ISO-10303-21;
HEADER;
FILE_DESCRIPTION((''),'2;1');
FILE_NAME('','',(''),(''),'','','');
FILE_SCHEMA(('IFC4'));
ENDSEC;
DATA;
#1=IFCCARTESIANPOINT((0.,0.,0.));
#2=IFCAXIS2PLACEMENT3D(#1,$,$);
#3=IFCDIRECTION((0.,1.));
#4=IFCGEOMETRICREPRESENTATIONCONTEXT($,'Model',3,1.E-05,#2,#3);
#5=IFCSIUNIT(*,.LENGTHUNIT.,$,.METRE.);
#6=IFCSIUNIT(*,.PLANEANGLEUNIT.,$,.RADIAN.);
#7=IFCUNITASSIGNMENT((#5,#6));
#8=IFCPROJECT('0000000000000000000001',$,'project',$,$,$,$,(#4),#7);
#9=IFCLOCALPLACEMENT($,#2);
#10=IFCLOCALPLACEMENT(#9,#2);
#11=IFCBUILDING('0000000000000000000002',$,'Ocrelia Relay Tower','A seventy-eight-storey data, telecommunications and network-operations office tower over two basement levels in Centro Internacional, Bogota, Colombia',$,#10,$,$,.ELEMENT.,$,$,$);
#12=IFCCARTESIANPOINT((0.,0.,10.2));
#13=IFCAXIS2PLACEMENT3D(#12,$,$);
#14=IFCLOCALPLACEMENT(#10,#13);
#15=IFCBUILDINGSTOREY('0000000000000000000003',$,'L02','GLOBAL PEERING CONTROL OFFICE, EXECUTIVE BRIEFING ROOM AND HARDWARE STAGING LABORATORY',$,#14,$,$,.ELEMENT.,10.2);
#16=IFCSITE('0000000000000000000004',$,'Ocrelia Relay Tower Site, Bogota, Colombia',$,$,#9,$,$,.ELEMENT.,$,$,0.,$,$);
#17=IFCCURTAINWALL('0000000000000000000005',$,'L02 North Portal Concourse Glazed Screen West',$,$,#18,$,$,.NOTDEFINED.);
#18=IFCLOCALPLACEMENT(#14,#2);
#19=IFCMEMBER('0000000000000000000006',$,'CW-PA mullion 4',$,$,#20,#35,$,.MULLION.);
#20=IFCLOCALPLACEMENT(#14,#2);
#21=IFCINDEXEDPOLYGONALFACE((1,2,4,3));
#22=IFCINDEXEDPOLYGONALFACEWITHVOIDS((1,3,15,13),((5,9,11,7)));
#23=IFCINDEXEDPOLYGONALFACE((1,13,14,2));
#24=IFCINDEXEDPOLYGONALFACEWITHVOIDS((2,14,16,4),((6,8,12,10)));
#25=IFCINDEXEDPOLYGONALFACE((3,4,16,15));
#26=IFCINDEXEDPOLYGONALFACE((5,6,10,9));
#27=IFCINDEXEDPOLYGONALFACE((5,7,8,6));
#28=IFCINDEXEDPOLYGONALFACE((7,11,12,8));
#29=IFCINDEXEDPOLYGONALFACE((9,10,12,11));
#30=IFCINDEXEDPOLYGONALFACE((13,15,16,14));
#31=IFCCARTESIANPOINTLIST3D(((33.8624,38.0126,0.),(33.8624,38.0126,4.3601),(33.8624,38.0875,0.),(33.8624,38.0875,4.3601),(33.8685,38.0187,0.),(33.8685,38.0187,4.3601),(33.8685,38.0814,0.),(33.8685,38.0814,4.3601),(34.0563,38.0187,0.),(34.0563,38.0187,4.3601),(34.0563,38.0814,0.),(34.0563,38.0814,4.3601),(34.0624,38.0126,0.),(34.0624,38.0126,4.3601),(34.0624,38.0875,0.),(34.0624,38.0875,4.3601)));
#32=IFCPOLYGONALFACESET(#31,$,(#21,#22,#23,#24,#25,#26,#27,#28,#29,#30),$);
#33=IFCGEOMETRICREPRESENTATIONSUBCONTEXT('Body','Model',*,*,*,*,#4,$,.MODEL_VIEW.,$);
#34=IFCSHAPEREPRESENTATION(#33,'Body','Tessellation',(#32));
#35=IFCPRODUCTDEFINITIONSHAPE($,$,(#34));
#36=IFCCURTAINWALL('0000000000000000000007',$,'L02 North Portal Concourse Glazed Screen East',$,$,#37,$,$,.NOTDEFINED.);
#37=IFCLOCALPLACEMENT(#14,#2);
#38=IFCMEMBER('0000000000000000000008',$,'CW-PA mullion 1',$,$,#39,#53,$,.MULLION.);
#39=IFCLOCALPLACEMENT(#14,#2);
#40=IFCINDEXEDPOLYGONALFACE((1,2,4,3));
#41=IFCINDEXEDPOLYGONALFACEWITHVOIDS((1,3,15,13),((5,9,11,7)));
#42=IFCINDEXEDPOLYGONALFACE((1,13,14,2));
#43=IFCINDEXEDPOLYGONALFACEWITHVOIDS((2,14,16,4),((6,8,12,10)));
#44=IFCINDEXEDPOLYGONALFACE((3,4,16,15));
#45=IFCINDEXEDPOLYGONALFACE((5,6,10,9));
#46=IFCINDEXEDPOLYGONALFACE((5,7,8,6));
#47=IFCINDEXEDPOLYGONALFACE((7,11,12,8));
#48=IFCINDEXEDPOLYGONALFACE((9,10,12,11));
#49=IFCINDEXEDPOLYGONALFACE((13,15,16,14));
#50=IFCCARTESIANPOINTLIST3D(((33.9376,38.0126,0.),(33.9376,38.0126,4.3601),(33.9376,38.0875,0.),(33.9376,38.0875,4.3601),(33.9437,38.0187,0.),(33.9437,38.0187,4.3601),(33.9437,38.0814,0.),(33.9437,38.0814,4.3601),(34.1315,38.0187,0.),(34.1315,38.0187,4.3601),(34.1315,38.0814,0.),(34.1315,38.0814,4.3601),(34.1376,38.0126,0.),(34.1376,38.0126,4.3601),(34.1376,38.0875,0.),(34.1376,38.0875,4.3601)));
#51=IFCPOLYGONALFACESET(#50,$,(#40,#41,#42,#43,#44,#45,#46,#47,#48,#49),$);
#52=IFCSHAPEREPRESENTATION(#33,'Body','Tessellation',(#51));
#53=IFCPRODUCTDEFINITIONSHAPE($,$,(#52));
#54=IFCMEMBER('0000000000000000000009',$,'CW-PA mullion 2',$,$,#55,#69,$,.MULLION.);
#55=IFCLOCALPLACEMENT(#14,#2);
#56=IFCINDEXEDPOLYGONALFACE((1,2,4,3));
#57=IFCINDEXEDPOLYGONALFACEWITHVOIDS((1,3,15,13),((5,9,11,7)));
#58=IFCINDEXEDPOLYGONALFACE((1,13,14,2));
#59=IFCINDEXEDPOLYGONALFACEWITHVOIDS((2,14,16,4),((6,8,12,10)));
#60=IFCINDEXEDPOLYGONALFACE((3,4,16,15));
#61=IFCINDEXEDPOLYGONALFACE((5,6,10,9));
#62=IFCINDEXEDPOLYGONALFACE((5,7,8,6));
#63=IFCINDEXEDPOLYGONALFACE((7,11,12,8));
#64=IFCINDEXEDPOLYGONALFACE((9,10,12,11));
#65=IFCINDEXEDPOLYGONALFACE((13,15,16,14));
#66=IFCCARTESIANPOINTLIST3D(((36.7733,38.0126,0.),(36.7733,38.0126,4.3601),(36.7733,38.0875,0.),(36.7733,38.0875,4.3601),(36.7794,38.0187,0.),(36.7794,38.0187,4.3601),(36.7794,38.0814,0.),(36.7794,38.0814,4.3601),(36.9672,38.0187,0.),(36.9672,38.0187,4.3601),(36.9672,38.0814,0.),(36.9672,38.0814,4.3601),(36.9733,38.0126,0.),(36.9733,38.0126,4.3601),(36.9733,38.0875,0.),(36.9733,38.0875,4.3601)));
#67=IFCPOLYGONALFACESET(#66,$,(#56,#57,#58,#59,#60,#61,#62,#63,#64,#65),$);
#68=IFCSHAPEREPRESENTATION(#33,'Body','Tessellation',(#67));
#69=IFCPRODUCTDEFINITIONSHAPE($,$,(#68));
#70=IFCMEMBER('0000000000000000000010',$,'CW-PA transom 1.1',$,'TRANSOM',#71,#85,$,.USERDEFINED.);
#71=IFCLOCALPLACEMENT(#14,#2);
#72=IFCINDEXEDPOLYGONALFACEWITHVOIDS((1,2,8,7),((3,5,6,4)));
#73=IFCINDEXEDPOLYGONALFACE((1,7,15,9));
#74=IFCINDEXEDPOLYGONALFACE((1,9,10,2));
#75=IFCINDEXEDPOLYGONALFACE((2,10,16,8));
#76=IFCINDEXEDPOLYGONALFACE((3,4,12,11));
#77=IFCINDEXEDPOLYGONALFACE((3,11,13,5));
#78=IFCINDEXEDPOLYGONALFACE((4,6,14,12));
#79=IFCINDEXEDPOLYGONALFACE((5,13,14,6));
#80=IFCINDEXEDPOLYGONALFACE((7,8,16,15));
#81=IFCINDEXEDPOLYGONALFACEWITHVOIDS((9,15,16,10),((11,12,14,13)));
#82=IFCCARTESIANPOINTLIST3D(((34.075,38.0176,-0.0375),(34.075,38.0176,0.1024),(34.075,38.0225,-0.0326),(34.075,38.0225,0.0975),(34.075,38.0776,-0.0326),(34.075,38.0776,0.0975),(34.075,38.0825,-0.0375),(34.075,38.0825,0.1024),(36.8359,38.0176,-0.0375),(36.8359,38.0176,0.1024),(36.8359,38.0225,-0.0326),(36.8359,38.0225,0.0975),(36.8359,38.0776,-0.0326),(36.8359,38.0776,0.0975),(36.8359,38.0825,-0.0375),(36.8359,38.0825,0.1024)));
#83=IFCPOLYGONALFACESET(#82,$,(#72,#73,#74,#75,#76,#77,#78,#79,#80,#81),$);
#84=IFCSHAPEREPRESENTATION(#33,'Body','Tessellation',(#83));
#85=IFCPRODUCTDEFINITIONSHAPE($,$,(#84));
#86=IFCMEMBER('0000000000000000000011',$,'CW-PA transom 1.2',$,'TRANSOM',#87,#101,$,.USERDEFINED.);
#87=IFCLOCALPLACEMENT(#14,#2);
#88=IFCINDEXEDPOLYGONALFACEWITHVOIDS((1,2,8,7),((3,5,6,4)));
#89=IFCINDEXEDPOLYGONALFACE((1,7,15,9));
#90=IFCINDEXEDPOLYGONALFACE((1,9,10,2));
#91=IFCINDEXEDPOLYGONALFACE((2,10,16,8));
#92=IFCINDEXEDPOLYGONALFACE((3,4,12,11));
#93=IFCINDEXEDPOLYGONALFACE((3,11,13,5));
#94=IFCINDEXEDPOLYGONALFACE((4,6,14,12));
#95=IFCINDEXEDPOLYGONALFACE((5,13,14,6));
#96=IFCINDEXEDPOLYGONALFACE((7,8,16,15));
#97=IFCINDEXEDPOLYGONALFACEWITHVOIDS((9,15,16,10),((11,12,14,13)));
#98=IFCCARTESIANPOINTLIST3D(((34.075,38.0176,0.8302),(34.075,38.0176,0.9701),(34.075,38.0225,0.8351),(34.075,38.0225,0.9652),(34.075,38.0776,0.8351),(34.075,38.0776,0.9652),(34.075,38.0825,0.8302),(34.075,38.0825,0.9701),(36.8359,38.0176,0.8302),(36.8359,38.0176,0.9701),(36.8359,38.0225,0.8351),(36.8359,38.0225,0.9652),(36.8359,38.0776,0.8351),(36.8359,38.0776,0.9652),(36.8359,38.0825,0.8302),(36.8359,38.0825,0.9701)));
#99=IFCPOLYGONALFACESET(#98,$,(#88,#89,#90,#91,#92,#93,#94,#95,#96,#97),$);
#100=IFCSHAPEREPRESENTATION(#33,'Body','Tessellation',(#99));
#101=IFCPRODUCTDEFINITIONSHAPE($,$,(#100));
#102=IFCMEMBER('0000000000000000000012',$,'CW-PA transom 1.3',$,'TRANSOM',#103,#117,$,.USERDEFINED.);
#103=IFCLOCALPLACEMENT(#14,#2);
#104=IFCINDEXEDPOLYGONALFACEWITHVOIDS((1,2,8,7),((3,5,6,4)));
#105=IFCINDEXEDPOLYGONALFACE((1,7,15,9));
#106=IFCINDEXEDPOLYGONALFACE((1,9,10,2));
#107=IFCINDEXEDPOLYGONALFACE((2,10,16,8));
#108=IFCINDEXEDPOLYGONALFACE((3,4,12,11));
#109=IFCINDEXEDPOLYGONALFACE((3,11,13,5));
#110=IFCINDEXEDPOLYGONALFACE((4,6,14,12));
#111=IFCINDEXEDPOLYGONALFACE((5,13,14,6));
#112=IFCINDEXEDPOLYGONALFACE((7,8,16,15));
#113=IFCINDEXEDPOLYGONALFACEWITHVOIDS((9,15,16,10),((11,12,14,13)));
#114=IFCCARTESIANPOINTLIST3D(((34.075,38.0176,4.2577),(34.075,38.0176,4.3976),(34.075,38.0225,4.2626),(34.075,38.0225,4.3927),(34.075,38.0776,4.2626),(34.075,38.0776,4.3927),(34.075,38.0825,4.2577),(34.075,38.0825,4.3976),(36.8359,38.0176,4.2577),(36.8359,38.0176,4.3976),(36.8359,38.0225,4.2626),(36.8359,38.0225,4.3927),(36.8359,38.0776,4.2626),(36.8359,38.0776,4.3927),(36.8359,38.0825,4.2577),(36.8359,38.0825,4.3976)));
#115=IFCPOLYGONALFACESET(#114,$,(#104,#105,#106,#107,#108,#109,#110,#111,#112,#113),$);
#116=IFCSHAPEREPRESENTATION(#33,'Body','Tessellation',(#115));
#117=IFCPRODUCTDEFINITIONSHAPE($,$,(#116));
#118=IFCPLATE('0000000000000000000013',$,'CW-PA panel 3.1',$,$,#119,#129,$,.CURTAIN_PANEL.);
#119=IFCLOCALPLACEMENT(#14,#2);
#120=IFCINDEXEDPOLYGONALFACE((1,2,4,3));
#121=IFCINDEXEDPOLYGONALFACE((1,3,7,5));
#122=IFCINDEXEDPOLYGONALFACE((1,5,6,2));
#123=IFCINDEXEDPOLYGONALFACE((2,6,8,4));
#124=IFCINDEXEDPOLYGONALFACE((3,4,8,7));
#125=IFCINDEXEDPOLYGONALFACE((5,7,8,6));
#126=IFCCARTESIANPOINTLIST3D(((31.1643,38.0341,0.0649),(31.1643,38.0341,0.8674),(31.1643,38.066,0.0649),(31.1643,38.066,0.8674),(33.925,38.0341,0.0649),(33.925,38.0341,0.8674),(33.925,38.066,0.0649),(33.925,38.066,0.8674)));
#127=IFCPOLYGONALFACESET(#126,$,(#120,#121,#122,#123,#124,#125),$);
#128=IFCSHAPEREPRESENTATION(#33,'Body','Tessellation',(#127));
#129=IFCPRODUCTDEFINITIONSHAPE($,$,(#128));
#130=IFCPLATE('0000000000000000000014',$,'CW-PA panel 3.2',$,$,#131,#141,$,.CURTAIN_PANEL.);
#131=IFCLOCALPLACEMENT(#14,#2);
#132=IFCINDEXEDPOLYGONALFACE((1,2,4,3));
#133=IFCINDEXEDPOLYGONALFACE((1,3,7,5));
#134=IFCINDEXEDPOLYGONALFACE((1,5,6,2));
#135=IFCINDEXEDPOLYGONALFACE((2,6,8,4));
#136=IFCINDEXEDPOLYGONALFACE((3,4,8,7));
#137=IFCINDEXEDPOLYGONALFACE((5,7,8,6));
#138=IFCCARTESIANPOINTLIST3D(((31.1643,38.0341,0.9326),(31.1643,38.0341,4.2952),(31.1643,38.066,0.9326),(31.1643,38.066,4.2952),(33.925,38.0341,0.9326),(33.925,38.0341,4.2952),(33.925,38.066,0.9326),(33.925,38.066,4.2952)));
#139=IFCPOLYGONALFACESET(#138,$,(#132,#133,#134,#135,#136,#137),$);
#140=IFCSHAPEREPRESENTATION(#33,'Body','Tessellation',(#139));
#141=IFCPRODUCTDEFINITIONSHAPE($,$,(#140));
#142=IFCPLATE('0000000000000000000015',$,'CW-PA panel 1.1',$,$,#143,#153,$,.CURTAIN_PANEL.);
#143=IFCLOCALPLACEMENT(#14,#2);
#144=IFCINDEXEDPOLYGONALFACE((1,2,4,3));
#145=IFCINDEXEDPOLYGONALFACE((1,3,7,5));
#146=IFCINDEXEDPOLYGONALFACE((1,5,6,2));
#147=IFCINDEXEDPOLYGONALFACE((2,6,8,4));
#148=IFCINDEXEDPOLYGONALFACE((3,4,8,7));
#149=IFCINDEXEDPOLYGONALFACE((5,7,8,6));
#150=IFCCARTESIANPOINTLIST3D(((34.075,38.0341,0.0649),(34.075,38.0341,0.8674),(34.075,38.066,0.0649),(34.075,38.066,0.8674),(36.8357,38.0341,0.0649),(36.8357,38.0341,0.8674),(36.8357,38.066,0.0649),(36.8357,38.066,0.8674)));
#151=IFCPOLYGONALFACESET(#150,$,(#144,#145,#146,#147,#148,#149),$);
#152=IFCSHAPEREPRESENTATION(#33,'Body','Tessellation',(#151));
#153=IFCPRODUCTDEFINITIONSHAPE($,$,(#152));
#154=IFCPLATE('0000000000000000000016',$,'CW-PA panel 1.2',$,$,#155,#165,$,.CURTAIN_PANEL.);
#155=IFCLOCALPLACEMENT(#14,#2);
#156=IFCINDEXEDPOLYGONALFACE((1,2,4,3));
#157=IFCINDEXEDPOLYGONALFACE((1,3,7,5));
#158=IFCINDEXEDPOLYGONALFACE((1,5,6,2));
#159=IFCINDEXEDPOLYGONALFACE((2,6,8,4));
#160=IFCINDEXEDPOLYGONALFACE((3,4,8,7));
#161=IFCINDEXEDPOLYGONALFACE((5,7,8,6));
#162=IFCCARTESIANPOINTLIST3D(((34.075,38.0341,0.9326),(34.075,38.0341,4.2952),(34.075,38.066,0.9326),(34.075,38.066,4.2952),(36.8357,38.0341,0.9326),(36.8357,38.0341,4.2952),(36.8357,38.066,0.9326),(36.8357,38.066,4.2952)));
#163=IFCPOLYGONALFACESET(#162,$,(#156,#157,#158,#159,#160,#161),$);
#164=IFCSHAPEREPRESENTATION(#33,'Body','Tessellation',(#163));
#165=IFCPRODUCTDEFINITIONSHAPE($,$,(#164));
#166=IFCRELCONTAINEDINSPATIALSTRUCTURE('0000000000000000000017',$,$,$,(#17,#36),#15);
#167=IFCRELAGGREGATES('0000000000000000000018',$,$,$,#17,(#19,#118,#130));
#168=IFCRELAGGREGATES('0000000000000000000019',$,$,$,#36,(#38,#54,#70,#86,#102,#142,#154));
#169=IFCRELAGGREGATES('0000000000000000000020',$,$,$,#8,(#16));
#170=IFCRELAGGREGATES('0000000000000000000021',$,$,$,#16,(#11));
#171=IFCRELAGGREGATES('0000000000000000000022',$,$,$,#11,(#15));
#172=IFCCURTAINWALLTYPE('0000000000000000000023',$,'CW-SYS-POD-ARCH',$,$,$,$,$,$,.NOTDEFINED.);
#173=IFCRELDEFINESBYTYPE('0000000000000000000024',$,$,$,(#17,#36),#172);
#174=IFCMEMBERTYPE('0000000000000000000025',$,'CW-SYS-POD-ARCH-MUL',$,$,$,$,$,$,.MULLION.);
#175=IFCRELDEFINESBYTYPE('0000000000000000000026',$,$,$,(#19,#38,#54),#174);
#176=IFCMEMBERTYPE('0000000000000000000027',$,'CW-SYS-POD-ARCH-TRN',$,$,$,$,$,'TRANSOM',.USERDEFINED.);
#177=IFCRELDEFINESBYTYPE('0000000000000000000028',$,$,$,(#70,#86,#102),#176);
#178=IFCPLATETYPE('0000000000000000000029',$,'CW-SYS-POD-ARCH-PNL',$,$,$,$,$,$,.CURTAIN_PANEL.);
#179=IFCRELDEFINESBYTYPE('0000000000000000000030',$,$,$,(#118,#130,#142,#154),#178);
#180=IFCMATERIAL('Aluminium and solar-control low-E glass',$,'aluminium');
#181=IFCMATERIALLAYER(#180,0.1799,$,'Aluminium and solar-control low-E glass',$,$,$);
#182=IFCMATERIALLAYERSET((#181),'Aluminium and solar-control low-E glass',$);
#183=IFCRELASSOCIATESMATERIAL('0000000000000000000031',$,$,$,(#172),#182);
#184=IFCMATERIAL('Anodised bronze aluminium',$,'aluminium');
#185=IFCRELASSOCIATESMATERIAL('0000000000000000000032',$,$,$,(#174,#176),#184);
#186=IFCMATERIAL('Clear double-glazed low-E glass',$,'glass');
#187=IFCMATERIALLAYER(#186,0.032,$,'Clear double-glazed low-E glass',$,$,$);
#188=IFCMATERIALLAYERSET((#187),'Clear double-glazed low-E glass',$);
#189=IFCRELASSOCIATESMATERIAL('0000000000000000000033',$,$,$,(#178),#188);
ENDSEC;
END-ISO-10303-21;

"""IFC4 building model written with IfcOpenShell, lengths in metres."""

from ifc_helpers import new_model, si_unit, direction, frame, origin, origin_2d, place, context, subcontext, project, spatial, rectangle, hollow_rectangle, extrude, material, layer, layer_set, material_profile, profile_set, type_object, element, aggregate, save


model = new_model("IFC4")

# Units and contexts
model_context = context("Model", 3, precision=1e-05, world=origin(), true_north=direction((0.0, 1.0)))
body_context = subcontext(model_context, "Body", "Model", "MODEL_VIEW")
ifc_project = project(units=[si_unit("LENGTHUNIT", "METRE"), si_unit("PLANEANGLEUNIT", "RADIAN")], contexts=[model_context])

# Site, building, storey
site_placement = place(None, origin())
site = spatial("IfcSite", under=ifc_project, at=site_placement, Name="Ocrelia Relay Tower Site, Bogota, Colombia", CompositionType="ELEMENT", RefElevation=0.0)
building_placement = place(site_placement, origin())
building = spatial("IfcBuilding", under=site, at=building_placement, Name="Ocrelia Relay Tower", Description="A seventy-eight-storey data, telecommunications and network-operations office tower over two basement levels in Centro Internacional, Bogota, Colombia", CompositionType="ELEMENT")
storey_placement = place(building_placement, frame((0.0, 0.0, 10.2)))
storey = spatial("IfcBuildingStorey", under=building, at=storey_placement, Name="L02", Description="GLOBAL PEERING CONTROL OFFICE, EXECUTIVE BRIEFING ROOM AND HARDWARE STAGING LABORATORY", CompositionType="ELEMENT", Elevation=10.2)

# Curtain wall, member
ifc_material_1 = material(Name="Aluminium and solar-control low-E glass", Category="aluminium")
ifc_layer_1 = layer(ifc_material_1, 0.1799, Name="Aluminium and solar-control low-E glass")
ifc_layer_set_1 = layer_set([ifc_layer_1], Name="Aluminium and solar-control low-E glass")
curtain_wall_type = type_object("IfcCurtainWallType", Name="CW-SYS-POD-ARCH", PredefinedType="NOTDEFINED", material=ifc_layer_set_1)
curtain_wall_1_placement = place(storey_placement, origin())
curtain_wall_1 = element("IfcCurtainWall", 1, at=curtain_wall_1_placement, inside=storey, type_object=curtain_wall_type, Name="L02 North Portal Concourse Glazed Screen West", PredefinedType="NOTDEFINED")
ifc_material_2 = material(Name="Anodised bronze aluminium", Category="aluminium")
ifc_material_profile_1 = material_profile(ifc_material_2, hollow_rectangle(XDim=0.075, YDim=0.2, WallThickness=0.0061, at=origin_2d()), Name="CW-MUL-200x75")
ifc_profile_set_1 = profile_set([ifc_material_profile_1], Name="Anodised bronze aluminium")
member_type_1 = type_object("IfcMemberType", Name="CW-SYS-POD-ARCH-MUL", PredefinedType="MULLION", material=ifc_profile_set_1)
member_1_placement = place(storey_placement, frame((33.9624, 38.05, 0.0), z_axis=(0.0, 0.0, 1.0), x_axis=(0.0, 1.0, 0.0)))
member_1 = element("IfcMember", 2, at=member_1_placement, type_object=member_type_1, Name="CW-PA mullion 4", PredefinedType="MULLION", context=body_context, shape_type="SweptSolid", body=[
    extrude(hollow_rectangle(XDim=0.075, YDim=0.2, WallThickness=0.0061, at=origin_2d()), origin(), (0.0, 0.0, 1.0), 4.3601),
])

# Curtain wall, members
curtain_wall_2_placement = place(storey_placement, origin())
curtain_wall_2 = element("IfcCurtainWall", 3, at=curtain_wall_2_placement, inside=storey, type_object=curtain_wall_type, Name="L02 North Portal Concourse Glazed Screen East", PredefinedType="NOTDEFINED")
member_2_placement = place(storey_placement, frame((34.0376, 38.05, 0.0), z_axis=(0.0, 0.0, 1.0), x_axis=(0.0, 1.0, 0.0)))
member_2 = element("IfcMember", 4, at=member_2_placement, type_object=member_type_1, Name="CW-PA mullion 1", PredefinedType="MULLION", context=body_context, shape_type="SweptSolid", body=[
    extrude(hollow_rectangle(XDim=0.075, YDim=0.2, WallThickness=0.0061, at=origin_2d()), origin(), (0.0, 0.0, 1.0), 4.3601),
])
member_3_placement = place(storey_placement, frame((36.8733, 38.05, 0.0), z_axis=(0.0, 0.0, 1.0), x_axis=(0.0, 1.0, 0.0)))
member_3 = element("IfcMember", 5, at=member_3_placement, type_object=member_type_1, Name="CW-PA mullion 2", PredefinedType="MULLION", context=body_context, shape_type="SweptSolid", body=[
    extrude(hollow_rectangle(XDim=0.075, YDim=0.2, WallThickness=0.0061, at=origin_2d()), origin(), (0.0, 0.0, 1.0), 4.3601),
])
ifc_material_profile_2 = material_profile(ifc_material_2, hollow_rectangle(XDim=0.0649, YDim=0.1399, WallThickness=0.0049, at=origin_2d()), Name="CW-TRN-140x65")
ifc_profile_set_2 = profile_set([ifc_material_profile_2], Name="Anodised bronze aluminium")
member_type_2 = type_object("IfcMemberType", Name="CW-SYS-POD-ARCH-TRN", ElementType="TRANSOM", PredefinedType="USERDEFINED", material=ifc_profile_set_2)
member_4_placement = place(storey_placement, frame((34.075, 38.05, 0.0325), z_axis=(1.0, 0.0, 0.0), x_axis=(0.0, 1.0, 0.0)))
member_4 = element("IfcMember", 6, at=member_4_placement, type_object=member_type_2, Name="CW-PA transom 1.1", ObjectType="TRANSOM", PredefinedType="USERDEFINED", context=body_context, shape_type="SweptSolid", body=[
    extrude(hollow_rectangle(XDim=0.0649, YDim=0.1399, WallThickness=0.0049, at=origin_2d()), origin(), (0.0, 0.0, 1.0), 2.761),
])
member_5_placement = place(storey_placement, frame((34.075, 38.05, 0.9001), z_axis=(1.0, 0.0, 0.0), x_axis=(0.0, 1.0, 0.0)))
member_5 = element("IfcMember", 7, at=member_5_placement, type_object=member_type_2, Name="CW-PA transom 1.2", ObjectType="TRANSOM", PredefinedType="USERDEFINED", context=body_context, shape_type="SweptSolid", body=[
    extrude(hollow_rectangle(XDim=0.0649, YDim=0.1399, WallThickness=0.0049, at=origin_2d()), origin(), (0.0, 0.0, 1.0), 2.761),
])
member_6_placement = place(storey_placement, frame((34.075, 38.05, 4.3276), z_axis=(1.0, 0.0, 0.0), x_axis=(0.0, 1.0, 0.0)))
member_6 = element("IfcMember", 8, at=member_6_placement, type_object=member_type_2, Name="CW-PA transom 1.3", ObjectType="TRANSOM", PredefinedType="USERDEFINED", context=body_context, shape_type="SweptSolid", body=[
    extrude(hollow_rectangle(XDim=0.0649, YDim=0.1399, WallThickness=0.0049, at=origin_2d()), origin(), (0.0, 0.0, 1.0), 2.761),
])

# Plates
ifc_material_3 = material(Name="Clear double-glazed low-E glass", Category="glass")
ifc_layer_2 = layer(ifc_material_3, 0.032, Name="Clear double-glazed low-E glass")
ifc_layer_set_2 = layer_set([ifc_layer_2], Name="Clear double-glazed low-E glass")
plate_type = type_object("IfcPlateType", Name="CW-SYS-POD-ARCH-PNL", PredefinedType="CURTAIN_PANEL", material=ifc_layer_set_2)
plate_1_placement = place(storey_placement, frame((32.5447, 38.05, 0.0649), z_axis=(0.0, 0.0, 1.0), x_axis=(1.0, 0.0, 0.0)))
plate_1 = element("IfcPlate", 9, at=plate_1_placement, type_object=plate_type, Name="CW-PA panel 3.1", PredefinedType="CURTAIN_PANEL", context=body_context, shape_type="SweptSolid", body=[
    extrude(rectangle(XDim=2.7607, YDim=0.032, at=origin_2d()), origin(), (0.0, 0.0, 1.0), 0.8025),
])
plate_2_placement = place(storey_placement, frame((32.5447, 38.05, 0.9326), z_axis=(0.0, 0.0, 1.0), x_axis=(1.0, 0.0, 0.0)))
plate_2 = element("IfcPlate", 10, at=plate_2_placement, type_object=plate_type, Name="CW-PA panel 3.2", PredefinedType="CURTAIN_PANEL", context=body_context, shape_type="SweptSolid", body=[
    extrude(rectangle(XDim=2.7607, YDim=0.032, at=origin_2d()), origin(), (0.0, 0.0, 1.0), 3.3625),
])
aggregate(curtain_wall_1, [member_1, plate_1, plate_2])
plate_3_placement = place(storey_placement, frame((35.4553, 38.05, 0.0649), z_axis=(0.0, 0.0, 1.0), x_axis=(1.0, 0.0, 0.0)))
plate_3 = element("IfcPlate", 11, at=plate_3_placement, type_object=plate_type, Name="CW-PA panel 1.1", PredefinedType="CURTAIN_PANEL", context=body_context, shape_type="SweptSolid", body=[
    extrude(rectangle(XDim=2.7607, YDim=0.032, at=origin_2d()), origin(), (0.0, 0.0, 1.0), 0.8025),
])
plate_4_placement = place(storey_placement, frame((35.4553, 38.05, 0.9326), z_axis=(0.0, 0.0, 1.0), x_axis=(1.0, 0.0, 0.0)))
plate_4 = element("IfcPlate", 12, at=plate_4_placement, type_object=plate_type, Name="CW-PA panel 1.2", PredefinedType="CURTAIN_PANEL", context=body_context, shape_type="SweptSolid", body=[
    extrude(rectangle(XDim=2.7607, YDim=0.032, at=origin_2d()), origin(), (0.0, 0.0, 1.0), 3.3625),
])
aggregate(curtain_wall_2, [member_2, member_3, member_4, member_5, member_6, plate_3, plate_4])

save(model, "model.ifc")
